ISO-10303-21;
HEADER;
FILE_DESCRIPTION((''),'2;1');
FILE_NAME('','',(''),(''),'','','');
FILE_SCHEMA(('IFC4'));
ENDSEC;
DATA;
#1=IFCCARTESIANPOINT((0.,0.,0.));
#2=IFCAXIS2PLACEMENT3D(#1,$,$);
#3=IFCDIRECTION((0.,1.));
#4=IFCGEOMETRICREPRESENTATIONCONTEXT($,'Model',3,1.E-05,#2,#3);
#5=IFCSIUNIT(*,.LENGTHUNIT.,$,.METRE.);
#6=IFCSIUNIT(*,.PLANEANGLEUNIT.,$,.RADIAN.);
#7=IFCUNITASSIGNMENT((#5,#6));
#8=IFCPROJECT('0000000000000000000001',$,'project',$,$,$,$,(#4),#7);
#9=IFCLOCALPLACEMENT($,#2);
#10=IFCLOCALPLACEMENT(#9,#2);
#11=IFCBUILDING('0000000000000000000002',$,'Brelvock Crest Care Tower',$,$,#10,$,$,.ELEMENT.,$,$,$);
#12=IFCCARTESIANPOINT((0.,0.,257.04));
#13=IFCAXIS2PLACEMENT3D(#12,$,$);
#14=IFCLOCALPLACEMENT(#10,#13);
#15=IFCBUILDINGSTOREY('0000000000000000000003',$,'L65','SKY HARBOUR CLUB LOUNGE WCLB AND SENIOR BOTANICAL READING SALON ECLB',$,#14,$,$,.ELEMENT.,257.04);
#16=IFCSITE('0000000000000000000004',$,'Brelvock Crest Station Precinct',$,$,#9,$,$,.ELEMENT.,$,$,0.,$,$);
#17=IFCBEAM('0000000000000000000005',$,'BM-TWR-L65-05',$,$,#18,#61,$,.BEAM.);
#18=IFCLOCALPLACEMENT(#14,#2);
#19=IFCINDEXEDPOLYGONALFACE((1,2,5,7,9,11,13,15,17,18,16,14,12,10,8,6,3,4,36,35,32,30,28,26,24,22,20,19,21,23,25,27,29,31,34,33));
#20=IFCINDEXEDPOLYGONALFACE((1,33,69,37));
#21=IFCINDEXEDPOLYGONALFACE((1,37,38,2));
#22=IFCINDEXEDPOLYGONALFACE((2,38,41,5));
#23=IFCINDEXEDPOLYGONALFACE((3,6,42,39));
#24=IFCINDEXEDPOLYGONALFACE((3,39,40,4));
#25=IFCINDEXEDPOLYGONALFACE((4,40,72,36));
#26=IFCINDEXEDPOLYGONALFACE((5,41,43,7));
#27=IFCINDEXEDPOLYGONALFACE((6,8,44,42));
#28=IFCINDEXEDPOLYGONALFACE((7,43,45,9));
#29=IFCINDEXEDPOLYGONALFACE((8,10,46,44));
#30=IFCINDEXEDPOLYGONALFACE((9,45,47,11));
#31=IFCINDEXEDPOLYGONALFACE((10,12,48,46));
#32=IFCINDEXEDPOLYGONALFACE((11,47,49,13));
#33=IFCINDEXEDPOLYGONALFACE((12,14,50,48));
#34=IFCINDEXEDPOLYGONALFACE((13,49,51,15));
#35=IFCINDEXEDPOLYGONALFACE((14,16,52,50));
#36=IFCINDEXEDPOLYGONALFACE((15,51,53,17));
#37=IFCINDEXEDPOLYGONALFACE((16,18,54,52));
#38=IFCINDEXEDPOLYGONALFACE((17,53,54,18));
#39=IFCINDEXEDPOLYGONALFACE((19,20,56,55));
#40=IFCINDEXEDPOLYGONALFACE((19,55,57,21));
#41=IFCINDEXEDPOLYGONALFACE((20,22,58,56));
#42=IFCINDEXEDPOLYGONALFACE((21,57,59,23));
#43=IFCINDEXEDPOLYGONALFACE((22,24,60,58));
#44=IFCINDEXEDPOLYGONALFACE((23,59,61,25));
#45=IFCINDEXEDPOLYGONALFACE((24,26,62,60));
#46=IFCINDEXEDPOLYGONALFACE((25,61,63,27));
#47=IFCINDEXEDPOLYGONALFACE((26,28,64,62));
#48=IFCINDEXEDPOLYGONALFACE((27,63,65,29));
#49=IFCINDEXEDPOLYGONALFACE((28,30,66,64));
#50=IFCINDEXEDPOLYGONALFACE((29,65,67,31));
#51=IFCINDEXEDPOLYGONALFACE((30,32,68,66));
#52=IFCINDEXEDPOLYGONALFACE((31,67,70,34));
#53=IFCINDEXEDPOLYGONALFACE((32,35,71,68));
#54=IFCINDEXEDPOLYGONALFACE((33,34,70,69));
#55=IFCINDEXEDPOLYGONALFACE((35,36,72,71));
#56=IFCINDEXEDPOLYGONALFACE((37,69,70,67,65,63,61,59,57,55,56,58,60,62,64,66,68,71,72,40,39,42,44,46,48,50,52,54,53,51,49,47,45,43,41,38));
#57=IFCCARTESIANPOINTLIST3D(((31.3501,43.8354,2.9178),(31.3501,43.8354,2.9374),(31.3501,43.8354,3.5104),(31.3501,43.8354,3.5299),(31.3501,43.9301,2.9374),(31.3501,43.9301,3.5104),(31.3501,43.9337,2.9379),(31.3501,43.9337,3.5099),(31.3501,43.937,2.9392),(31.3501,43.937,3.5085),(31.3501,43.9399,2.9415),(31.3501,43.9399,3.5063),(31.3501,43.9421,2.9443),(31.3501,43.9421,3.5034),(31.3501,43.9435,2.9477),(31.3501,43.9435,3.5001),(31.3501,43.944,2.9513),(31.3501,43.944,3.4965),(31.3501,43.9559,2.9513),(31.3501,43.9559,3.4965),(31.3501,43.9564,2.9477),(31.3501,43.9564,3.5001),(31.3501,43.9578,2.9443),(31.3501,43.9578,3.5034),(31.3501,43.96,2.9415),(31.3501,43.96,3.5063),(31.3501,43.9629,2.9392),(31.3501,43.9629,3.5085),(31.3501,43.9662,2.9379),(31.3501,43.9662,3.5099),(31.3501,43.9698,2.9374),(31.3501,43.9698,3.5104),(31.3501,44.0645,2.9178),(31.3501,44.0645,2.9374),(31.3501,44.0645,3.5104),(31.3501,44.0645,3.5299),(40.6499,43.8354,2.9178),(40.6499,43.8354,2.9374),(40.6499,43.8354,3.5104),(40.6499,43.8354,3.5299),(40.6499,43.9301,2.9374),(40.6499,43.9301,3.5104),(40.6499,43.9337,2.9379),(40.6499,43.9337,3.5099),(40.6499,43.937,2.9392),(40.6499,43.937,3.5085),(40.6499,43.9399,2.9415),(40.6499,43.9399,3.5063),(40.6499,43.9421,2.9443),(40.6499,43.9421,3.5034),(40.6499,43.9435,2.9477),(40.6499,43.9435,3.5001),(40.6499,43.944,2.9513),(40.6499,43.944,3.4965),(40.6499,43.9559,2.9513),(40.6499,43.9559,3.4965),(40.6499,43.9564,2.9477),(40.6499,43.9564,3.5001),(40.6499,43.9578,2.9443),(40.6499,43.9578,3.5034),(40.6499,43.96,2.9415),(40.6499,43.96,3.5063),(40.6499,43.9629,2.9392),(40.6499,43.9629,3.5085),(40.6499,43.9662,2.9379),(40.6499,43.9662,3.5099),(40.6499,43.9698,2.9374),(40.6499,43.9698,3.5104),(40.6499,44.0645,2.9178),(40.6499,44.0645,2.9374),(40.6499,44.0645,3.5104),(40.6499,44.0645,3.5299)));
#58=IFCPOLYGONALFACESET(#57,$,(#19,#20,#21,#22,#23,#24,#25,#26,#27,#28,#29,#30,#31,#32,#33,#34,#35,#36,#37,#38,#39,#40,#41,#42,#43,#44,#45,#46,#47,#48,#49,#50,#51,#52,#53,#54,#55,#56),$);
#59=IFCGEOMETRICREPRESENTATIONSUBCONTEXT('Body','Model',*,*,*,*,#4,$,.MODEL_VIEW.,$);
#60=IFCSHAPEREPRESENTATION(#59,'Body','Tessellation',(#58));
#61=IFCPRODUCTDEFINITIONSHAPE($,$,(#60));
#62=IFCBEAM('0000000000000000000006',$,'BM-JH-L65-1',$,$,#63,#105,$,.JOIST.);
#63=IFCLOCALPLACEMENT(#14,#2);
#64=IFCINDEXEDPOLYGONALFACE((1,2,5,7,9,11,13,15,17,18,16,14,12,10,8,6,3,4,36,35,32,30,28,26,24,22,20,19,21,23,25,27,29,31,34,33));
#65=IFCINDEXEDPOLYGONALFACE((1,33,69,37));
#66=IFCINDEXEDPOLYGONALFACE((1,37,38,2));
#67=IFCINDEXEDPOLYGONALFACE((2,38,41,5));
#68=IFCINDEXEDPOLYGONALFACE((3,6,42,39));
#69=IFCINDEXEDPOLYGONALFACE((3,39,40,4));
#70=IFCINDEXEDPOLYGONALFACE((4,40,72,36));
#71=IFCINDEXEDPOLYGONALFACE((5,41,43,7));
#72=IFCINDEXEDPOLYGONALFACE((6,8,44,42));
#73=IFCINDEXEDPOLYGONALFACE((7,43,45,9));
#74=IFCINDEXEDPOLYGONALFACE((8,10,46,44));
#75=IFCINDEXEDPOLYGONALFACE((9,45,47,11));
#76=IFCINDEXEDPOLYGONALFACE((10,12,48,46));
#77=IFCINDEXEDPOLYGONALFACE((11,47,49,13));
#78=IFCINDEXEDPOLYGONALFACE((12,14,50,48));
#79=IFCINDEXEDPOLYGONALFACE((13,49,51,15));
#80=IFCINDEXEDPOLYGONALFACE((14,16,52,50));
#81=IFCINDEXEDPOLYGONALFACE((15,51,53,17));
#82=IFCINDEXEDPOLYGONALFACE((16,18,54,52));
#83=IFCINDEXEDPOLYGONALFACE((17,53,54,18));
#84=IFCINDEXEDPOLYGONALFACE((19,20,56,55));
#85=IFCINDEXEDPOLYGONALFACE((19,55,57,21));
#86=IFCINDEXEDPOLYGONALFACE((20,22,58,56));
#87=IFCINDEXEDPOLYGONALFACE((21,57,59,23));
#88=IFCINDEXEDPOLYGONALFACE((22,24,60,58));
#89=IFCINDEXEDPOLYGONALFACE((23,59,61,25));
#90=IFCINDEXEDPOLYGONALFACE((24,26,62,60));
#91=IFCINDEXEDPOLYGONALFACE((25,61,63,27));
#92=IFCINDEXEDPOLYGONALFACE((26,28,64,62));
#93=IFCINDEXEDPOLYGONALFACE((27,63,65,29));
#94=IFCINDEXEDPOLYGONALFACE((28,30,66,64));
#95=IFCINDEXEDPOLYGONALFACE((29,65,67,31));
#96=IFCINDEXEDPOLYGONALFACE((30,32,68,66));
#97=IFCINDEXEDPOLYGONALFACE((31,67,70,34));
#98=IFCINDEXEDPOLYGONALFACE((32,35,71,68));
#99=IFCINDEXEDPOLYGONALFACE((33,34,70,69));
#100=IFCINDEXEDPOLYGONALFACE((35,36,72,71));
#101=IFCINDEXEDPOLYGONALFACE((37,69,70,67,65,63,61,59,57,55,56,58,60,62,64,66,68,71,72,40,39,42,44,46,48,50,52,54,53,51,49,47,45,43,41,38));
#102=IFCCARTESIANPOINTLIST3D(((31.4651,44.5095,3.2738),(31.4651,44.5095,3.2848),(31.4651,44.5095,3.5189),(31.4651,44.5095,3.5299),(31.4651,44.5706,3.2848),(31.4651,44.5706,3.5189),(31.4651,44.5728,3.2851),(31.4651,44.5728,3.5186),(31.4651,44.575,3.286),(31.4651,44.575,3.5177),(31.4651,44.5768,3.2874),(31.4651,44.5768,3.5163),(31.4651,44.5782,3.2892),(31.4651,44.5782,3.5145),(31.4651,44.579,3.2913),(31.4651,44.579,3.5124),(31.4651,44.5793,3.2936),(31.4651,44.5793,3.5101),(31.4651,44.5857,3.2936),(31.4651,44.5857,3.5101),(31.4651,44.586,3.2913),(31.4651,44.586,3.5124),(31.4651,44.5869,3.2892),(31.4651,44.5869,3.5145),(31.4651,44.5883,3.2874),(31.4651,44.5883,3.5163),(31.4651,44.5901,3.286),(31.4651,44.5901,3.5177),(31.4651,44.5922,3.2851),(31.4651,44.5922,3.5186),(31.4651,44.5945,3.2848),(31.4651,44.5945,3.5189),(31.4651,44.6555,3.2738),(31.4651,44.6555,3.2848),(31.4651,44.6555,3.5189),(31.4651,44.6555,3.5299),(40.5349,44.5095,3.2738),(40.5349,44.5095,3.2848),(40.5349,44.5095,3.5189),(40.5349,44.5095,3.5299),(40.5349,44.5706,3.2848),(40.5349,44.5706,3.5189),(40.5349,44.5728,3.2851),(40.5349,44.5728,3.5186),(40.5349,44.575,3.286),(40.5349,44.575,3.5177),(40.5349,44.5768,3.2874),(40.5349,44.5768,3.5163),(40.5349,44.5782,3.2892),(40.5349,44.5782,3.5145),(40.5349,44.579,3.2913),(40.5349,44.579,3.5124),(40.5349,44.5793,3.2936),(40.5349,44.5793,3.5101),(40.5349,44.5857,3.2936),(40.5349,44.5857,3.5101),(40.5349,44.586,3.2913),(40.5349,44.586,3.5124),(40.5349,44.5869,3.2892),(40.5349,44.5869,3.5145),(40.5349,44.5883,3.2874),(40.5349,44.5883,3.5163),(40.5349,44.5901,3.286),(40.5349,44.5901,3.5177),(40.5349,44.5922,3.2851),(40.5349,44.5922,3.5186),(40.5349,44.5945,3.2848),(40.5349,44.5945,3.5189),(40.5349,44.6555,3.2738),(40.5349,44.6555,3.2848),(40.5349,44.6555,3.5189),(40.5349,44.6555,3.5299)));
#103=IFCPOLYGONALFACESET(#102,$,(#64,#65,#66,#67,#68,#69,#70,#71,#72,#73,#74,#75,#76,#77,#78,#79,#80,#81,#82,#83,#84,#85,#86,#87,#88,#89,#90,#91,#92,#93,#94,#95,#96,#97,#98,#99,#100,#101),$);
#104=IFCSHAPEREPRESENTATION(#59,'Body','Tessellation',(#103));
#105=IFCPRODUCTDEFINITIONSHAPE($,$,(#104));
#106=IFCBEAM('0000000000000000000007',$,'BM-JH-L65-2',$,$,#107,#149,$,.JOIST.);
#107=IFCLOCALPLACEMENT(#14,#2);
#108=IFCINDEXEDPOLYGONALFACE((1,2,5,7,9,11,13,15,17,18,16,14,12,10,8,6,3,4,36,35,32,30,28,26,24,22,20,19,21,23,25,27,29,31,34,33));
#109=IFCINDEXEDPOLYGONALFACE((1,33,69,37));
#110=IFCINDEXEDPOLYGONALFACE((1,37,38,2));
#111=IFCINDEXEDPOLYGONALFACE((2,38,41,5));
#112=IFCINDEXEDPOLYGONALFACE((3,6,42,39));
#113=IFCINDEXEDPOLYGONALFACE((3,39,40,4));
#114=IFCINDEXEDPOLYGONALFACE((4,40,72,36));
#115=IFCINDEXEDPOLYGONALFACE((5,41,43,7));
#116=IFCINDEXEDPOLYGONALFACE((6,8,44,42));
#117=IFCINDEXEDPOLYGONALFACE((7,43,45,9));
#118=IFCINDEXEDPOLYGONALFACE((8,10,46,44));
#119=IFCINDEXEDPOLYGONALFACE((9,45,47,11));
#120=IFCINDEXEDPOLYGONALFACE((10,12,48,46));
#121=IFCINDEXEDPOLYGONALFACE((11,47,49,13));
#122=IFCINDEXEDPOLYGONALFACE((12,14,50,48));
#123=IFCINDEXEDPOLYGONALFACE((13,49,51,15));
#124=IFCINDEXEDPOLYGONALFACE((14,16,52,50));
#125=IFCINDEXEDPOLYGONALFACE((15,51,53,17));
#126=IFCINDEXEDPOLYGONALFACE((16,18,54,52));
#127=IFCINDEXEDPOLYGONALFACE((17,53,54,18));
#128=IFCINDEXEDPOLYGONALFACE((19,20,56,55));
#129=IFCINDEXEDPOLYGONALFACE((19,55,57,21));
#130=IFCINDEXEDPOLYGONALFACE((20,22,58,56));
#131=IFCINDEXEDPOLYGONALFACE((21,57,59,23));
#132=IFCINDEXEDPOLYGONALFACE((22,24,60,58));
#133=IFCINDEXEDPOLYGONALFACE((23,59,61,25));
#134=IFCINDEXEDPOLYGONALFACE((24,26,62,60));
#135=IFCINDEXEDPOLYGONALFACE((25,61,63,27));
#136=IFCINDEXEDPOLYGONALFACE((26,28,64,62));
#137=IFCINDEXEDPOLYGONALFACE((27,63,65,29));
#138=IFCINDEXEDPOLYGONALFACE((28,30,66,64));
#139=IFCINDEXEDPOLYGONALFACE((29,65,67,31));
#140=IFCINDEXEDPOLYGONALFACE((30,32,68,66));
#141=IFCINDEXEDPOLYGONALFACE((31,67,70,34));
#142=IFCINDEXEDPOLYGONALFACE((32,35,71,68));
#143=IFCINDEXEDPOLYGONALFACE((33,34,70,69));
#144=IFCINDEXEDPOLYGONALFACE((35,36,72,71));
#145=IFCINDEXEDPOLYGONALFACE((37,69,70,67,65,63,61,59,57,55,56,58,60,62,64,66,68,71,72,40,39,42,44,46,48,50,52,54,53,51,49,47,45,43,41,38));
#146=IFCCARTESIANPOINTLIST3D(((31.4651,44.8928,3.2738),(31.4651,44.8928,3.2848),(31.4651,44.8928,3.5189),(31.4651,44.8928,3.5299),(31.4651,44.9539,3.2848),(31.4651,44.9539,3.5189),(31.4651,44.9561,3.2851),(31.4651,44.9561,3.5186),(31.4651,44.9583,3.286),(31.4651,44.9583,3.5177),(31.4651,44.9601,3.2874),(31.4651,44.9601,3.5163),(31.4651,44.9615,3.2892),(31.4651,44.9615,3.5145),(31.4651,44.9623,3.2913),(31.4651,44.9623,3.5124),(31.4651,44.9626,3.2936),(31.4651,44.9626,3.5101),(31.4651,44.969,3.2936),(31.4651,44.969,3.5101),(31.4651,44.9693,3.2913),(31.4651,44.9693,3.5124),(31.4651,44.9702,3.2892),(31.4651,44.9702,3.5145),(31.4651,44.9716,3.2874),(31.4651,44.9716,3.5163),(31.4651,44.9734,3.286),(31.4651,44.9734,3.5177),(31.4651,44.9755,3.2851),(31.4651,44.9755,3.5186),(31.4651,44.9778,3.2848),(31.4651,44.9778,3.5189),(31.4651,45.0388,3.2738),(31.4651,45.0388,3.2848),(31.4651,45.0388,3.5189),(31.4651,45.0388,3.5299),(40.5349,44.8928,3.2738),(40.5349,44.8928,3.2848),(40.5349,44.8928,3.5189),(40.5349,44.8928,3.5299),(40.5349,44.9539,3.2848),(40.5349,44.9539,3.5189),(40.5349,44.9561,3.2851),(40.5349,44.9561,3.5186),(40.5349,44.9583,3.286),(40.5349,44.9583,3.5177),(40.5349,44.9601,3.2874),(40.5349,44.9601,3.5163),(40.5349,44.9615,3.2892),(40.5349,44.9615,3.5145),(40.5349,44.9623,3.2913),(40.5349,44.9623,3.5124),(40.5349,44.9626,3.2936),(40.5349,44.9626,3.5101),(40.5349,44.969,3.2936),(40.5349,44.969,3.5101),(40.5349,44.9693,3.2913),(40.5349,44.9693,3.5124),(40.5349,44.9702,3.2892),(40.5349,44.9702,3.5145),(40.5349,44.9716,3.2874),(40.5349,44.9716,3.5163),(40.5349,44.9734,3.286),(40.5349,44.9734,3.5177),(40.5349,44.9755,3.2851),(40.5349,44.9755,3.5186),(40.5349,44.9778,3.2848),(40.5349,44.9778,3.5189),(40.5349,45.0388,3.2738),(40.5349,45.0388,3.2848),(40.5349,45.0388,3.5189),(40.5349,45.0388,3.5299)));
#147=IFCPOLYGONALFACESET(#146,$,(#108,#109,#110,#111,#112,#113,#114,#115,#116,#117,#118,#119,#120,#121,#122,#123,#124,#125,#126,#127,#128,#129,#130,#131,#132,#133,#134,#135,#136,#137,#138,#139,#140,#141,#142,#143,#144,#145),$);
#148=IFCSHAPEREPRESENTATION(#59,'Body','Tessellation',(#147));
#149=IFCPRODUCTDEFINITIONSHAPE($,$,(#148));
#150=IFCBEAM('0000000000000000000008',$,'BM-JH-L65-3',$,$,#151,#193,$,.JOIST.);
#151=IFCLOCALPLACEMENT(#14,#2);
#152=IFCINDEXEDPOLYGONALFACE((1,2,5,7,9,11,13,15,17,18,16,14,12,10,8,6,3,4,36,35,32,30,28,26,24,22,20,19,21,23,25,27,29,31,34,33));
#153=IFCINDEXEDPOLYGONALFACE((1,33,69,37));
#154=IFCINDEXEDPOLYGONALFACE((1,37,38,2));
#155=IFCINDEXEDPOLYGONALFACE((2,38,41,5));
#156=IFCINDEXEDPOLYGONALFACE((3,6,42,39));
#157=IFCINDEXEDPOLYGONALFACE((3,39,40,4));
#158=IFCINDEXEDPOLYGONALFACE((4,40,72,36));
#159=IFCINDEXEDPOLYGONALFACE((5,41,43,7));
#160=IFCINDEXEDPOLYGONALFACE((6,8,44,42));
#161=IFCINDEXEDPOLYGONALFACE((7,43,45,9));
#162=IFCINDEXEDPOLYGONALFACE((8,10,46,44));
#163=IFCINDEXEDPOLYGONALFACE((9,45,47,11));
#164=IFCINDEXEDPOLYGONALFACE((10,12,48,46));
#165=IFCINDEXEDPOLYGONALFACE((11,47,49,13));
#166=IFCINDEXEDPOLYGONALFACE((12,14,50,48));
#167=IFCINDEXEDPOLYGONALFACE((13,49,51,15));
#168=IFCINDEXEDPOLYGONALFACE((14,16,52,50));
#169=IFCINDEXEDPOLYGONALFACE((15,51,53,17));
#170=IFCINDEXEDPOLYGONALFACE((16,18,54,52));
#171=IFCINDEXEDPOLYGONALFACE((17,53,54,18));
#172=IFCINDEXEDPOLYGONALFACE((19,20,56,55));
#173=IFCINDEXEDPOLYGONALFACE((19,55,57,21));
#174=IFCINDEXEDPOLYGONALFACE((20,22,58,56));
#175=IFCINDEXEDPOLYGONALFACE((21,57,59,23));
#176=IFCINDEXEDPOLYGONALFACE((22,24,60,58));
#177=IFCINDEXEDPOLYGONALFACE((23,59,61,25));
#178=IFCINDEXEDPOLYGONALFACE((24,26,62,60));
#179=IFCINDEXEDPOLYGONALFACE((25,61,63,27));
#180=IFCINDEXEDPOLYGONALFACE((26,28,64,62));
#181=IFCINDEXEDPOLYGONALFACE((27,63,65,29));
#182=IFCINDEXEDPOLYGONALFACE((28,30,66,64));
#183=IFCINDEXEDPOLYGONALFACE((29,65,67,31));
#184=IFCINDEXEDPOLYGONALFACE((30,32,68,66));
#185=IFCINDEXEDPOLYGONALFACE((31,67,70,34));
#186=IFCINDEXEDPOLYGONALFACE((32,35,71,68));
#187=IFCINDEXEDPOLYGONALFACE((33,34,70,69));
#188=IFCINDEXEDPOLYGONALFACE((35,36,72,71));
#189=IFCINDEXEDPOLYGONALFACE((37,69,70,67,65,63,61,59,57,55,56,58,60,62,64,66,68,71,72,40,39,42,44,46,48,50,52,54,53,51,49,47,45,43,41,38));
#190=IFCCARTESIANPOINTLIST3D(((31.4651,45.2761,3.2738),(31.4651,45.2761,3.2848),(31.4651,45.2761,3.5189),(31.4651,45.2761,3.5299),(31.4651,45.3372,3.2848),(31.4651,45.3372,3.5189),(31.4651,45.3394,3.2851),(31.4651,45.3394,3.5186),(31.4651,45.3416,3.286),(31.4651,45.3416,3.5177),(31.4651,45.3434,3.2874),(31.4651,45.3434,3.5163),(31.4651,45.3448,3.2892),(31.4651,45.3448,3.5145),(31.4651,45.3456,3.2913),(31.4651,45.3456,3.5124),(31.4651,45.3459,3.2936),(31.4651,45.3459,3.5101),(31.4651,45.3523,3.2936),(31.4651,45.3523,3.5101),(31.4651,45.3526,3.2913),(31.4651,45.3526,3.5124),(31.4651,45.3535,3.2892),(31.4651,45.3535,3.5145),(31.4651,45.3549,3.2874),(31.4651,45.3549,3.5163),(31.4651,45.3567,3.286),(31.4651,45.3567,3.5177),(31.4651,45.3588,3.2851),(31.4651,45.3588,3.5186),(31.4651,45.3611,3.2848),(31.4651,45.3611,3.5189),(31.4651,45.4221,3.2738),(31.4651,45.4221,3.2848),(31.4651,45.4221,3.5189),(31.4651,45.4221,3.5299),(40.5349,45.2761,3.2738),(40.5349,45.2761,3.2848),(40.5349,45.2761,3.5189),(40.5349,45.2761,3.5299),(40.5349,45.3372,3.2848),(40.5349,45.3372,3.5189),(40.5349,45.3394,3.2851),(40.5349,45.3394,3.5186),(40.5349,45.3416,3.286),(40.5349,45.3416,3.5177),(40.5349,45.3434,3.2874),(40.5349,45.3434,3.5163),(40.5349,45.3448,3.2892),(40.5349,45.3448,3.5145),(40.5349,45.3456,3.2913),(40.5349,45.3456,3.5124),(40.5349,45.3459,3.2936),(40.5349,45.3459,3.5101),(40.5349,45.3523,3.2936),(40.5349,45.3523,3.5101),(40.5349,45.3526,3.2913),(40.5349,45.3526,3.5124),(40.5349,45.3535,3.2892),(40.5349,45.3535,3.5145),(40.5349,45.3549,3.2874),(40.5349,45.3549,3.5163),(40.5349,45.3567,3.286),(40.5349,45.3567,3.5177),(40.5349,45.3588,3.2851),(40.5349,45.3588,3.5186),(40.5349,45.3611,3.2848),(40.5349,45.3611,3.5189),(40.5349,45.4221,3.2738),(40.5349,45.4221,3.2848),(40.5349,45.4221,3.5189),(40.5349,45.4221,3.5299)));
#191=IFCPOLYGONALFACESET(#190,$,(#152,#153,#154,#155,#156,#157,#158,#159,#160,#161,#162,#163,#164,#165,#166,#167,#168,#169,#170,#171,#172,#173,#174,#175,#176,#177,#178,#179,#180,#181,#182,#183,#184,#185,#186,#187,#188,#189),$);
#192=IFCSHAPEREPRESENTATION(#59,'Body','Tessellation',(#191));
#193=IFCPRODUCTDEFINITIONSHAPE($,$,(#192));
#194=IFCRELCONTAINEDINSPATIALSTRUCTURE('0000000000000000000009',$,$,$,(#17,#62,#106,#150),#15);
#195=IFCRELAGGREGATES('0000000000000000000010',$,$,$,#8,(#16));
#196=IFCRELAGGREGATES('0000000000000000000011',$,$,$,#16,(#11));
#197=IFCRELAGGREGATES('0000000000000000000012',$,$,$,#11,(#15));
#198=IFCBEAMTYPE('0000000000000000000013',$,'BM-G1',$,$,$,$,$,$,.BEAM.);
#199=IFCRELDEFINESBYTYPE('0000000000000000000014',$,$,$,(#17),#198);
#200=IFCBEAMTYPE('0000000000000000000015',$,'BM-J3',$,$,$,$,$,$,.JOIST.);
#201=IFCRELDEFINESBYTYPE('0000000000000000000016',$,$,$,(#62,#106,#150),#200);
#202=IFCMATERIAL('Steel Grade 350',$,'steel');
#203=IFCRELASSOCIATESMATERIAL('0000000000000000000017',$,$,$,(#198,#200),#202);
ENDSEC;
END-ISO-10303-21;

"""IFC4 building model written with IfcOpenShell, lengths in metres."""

from ifc_helpers import new_model, si_unit, direction, frame, origin, origin_2d, place, context, subcontext, project, spatial, i_section, extrude, source, transform, mapped, material, material_profile, profile_set, type_object, element, save


model = new_model("IFC4")

# Units and contexts
model_context = context("Model", 3, precision=1e-05, world=origin(), true_north=direction((0.0, 1.0)))
body_context = subcontext(model_context, "Body", "Model", "MODEL_VIEW")
ifc_project = project(units=[si_unit("LENGTHUNIT", "METRE"), si_unit("PLANEANGLEUNIT", "RADIAN")], contexts=[model_context])

# Site, building, storey
site_placement = place(None, origin())
site = spatial("IfcSite", under=ifc_project, at=site_placement, Name="Brelvock Crest Station Precinct", CompositionType="ELEMENT", RefElevation=0.0)
building_placement = place(site_placement, origin())
building = spatial("IfcBuilding", under=site, at=building_placement, Name="Brelvock Crest Care Tower", CompositionType="ELEMENT")
storey_placement = place(building_placement, frame((0.0, 0.0, 257.04)))
storey = spatial("IfcBuildingStorey", under=building, at=storey_placement, Name="L65", Description="SKY HARBOUR CLUB LOUNGE WCLB AND SENIOR BOTANICAL READING SALON ECLB", CompositionType="ELEMENT", Elevation=257.04)

# Beams
ifc_material = material(Name="Steel Grade 350", Category="steel")
ifc_material_profile_1 = material_profile(ifc_material, i_section(OverallWidth=0.229, OverallDepth=0.6121, WebThickness=0.012, FlangeThickness=0.0195, FilletRadius=0.0139, at=origin_2d()), Name="610UB125")
ifc_profile_set_1 = profile_set([ifc_material_profile_1], Name="Steel Grade 350")
beam_type_1 = type_object("IfcBeamType", Name="BM-G1", PredefinedType="BEAM", material=ifc_profile_set_1)
shared_shape_1 = source(origin(), body_context, "Body", "SweptSolid", [
    extrude(i_section(OverallWidth=0.229, OverallDepth=0.6121, WebThickness=0.012, FlangeThickness=0.0195, FilletRadius=0.0139, at=origin_2d()), origin(), (0.0, 0.0, 1.0), 9.2998),
])
beam_1_placement = place(storey_placement, frame((31.3501, 43.95, 3.2239), z_axis=(1.0, 0.0, 0.0), x_axis=(0.0, 1.0, 0.0)))
element("IfcBeam", 1, at=beam_1_placement, inside=storey, type_object=beam_type_1, Name="BM-TWR-L65-05", PredefinedType="BEAM", context=body_context, shape_type="MappedRepresentation", body=[
    mapped(shared_shape_1, transform((0.0, 0.0, 0.0), x_axis=(1.0, 0.0, 0.0), y_axis=(0.0, 1.0, 0.0), z_axis=(0.0, 0.0, 1.0), scale=1.0)),
])
ifc_material_profile_2 = material_profile(ifc_material, i_section(OverallWidth=0.146, OverallDepth=0.2561, WebThickness=0.0063, FlangeThickness=0.011, FilletRadius=0.0088, at=origin_2d()), Name="250UB37.3")
ifc_profile_set_2 = profile_set([ifc_material_profile_2], Name="Steel Grade 350")
beam_type_2 = type_object("IfcBeamType", Name="BM-J3", PredefinedType="JOIST", material=ifc_profile_set_2)
shared_shape_2 = source(origin(), body_context, "Body", "SweptSolid", [
    extrude(i_section(OverallWidth=0.146, OverallDepth=0.2561, WebThickness=0.0063, FlangeThickness=0.011, FilletRadius=0.0088, at=origin_2d()), origin(), (0.0, 0.0, 1.0), 9.0698),
])
for number, where, z_axis, x_axis, name in (
    (2, (31.4651, 44.5825, 3.4019), (1.0, 0.0, 0.0), (0.0, 1.0, 0.0), "BM-JH-L65-1"),
    (3, (31.4651, 44.9658, 3.4019), (1.0, 0.0, 0.0), (0.0, 1.0, 0.0), "BM-JH-L65-2"),
    (4, (31.4651, 45.3491, 3.4019), (1.0, 0.0, 0.0), (0.0, 1.0, 0.0), "BM-JH-L65-3"),
):
    element("IfcBeam", number, at=place(storey_placement, frame(where, z_axis=z_axis, x_axis=x_axis)), inside=storey, type_object=beam_type_2, Name=name, PredefinedType="JOIST", context=body_context, shape_type="MappedRepresentation", body=[
        mapped(shared_shape_2, transform((0.0, 0.0, 0.0), x_axis=(1.0, 0.0, 0.0), y_axis=(0.0, 1.0, 0.0), z_axis=(0.0, 0.0, 1.0), scale=1.0)),
    ])

save(model, "model.ifc")
